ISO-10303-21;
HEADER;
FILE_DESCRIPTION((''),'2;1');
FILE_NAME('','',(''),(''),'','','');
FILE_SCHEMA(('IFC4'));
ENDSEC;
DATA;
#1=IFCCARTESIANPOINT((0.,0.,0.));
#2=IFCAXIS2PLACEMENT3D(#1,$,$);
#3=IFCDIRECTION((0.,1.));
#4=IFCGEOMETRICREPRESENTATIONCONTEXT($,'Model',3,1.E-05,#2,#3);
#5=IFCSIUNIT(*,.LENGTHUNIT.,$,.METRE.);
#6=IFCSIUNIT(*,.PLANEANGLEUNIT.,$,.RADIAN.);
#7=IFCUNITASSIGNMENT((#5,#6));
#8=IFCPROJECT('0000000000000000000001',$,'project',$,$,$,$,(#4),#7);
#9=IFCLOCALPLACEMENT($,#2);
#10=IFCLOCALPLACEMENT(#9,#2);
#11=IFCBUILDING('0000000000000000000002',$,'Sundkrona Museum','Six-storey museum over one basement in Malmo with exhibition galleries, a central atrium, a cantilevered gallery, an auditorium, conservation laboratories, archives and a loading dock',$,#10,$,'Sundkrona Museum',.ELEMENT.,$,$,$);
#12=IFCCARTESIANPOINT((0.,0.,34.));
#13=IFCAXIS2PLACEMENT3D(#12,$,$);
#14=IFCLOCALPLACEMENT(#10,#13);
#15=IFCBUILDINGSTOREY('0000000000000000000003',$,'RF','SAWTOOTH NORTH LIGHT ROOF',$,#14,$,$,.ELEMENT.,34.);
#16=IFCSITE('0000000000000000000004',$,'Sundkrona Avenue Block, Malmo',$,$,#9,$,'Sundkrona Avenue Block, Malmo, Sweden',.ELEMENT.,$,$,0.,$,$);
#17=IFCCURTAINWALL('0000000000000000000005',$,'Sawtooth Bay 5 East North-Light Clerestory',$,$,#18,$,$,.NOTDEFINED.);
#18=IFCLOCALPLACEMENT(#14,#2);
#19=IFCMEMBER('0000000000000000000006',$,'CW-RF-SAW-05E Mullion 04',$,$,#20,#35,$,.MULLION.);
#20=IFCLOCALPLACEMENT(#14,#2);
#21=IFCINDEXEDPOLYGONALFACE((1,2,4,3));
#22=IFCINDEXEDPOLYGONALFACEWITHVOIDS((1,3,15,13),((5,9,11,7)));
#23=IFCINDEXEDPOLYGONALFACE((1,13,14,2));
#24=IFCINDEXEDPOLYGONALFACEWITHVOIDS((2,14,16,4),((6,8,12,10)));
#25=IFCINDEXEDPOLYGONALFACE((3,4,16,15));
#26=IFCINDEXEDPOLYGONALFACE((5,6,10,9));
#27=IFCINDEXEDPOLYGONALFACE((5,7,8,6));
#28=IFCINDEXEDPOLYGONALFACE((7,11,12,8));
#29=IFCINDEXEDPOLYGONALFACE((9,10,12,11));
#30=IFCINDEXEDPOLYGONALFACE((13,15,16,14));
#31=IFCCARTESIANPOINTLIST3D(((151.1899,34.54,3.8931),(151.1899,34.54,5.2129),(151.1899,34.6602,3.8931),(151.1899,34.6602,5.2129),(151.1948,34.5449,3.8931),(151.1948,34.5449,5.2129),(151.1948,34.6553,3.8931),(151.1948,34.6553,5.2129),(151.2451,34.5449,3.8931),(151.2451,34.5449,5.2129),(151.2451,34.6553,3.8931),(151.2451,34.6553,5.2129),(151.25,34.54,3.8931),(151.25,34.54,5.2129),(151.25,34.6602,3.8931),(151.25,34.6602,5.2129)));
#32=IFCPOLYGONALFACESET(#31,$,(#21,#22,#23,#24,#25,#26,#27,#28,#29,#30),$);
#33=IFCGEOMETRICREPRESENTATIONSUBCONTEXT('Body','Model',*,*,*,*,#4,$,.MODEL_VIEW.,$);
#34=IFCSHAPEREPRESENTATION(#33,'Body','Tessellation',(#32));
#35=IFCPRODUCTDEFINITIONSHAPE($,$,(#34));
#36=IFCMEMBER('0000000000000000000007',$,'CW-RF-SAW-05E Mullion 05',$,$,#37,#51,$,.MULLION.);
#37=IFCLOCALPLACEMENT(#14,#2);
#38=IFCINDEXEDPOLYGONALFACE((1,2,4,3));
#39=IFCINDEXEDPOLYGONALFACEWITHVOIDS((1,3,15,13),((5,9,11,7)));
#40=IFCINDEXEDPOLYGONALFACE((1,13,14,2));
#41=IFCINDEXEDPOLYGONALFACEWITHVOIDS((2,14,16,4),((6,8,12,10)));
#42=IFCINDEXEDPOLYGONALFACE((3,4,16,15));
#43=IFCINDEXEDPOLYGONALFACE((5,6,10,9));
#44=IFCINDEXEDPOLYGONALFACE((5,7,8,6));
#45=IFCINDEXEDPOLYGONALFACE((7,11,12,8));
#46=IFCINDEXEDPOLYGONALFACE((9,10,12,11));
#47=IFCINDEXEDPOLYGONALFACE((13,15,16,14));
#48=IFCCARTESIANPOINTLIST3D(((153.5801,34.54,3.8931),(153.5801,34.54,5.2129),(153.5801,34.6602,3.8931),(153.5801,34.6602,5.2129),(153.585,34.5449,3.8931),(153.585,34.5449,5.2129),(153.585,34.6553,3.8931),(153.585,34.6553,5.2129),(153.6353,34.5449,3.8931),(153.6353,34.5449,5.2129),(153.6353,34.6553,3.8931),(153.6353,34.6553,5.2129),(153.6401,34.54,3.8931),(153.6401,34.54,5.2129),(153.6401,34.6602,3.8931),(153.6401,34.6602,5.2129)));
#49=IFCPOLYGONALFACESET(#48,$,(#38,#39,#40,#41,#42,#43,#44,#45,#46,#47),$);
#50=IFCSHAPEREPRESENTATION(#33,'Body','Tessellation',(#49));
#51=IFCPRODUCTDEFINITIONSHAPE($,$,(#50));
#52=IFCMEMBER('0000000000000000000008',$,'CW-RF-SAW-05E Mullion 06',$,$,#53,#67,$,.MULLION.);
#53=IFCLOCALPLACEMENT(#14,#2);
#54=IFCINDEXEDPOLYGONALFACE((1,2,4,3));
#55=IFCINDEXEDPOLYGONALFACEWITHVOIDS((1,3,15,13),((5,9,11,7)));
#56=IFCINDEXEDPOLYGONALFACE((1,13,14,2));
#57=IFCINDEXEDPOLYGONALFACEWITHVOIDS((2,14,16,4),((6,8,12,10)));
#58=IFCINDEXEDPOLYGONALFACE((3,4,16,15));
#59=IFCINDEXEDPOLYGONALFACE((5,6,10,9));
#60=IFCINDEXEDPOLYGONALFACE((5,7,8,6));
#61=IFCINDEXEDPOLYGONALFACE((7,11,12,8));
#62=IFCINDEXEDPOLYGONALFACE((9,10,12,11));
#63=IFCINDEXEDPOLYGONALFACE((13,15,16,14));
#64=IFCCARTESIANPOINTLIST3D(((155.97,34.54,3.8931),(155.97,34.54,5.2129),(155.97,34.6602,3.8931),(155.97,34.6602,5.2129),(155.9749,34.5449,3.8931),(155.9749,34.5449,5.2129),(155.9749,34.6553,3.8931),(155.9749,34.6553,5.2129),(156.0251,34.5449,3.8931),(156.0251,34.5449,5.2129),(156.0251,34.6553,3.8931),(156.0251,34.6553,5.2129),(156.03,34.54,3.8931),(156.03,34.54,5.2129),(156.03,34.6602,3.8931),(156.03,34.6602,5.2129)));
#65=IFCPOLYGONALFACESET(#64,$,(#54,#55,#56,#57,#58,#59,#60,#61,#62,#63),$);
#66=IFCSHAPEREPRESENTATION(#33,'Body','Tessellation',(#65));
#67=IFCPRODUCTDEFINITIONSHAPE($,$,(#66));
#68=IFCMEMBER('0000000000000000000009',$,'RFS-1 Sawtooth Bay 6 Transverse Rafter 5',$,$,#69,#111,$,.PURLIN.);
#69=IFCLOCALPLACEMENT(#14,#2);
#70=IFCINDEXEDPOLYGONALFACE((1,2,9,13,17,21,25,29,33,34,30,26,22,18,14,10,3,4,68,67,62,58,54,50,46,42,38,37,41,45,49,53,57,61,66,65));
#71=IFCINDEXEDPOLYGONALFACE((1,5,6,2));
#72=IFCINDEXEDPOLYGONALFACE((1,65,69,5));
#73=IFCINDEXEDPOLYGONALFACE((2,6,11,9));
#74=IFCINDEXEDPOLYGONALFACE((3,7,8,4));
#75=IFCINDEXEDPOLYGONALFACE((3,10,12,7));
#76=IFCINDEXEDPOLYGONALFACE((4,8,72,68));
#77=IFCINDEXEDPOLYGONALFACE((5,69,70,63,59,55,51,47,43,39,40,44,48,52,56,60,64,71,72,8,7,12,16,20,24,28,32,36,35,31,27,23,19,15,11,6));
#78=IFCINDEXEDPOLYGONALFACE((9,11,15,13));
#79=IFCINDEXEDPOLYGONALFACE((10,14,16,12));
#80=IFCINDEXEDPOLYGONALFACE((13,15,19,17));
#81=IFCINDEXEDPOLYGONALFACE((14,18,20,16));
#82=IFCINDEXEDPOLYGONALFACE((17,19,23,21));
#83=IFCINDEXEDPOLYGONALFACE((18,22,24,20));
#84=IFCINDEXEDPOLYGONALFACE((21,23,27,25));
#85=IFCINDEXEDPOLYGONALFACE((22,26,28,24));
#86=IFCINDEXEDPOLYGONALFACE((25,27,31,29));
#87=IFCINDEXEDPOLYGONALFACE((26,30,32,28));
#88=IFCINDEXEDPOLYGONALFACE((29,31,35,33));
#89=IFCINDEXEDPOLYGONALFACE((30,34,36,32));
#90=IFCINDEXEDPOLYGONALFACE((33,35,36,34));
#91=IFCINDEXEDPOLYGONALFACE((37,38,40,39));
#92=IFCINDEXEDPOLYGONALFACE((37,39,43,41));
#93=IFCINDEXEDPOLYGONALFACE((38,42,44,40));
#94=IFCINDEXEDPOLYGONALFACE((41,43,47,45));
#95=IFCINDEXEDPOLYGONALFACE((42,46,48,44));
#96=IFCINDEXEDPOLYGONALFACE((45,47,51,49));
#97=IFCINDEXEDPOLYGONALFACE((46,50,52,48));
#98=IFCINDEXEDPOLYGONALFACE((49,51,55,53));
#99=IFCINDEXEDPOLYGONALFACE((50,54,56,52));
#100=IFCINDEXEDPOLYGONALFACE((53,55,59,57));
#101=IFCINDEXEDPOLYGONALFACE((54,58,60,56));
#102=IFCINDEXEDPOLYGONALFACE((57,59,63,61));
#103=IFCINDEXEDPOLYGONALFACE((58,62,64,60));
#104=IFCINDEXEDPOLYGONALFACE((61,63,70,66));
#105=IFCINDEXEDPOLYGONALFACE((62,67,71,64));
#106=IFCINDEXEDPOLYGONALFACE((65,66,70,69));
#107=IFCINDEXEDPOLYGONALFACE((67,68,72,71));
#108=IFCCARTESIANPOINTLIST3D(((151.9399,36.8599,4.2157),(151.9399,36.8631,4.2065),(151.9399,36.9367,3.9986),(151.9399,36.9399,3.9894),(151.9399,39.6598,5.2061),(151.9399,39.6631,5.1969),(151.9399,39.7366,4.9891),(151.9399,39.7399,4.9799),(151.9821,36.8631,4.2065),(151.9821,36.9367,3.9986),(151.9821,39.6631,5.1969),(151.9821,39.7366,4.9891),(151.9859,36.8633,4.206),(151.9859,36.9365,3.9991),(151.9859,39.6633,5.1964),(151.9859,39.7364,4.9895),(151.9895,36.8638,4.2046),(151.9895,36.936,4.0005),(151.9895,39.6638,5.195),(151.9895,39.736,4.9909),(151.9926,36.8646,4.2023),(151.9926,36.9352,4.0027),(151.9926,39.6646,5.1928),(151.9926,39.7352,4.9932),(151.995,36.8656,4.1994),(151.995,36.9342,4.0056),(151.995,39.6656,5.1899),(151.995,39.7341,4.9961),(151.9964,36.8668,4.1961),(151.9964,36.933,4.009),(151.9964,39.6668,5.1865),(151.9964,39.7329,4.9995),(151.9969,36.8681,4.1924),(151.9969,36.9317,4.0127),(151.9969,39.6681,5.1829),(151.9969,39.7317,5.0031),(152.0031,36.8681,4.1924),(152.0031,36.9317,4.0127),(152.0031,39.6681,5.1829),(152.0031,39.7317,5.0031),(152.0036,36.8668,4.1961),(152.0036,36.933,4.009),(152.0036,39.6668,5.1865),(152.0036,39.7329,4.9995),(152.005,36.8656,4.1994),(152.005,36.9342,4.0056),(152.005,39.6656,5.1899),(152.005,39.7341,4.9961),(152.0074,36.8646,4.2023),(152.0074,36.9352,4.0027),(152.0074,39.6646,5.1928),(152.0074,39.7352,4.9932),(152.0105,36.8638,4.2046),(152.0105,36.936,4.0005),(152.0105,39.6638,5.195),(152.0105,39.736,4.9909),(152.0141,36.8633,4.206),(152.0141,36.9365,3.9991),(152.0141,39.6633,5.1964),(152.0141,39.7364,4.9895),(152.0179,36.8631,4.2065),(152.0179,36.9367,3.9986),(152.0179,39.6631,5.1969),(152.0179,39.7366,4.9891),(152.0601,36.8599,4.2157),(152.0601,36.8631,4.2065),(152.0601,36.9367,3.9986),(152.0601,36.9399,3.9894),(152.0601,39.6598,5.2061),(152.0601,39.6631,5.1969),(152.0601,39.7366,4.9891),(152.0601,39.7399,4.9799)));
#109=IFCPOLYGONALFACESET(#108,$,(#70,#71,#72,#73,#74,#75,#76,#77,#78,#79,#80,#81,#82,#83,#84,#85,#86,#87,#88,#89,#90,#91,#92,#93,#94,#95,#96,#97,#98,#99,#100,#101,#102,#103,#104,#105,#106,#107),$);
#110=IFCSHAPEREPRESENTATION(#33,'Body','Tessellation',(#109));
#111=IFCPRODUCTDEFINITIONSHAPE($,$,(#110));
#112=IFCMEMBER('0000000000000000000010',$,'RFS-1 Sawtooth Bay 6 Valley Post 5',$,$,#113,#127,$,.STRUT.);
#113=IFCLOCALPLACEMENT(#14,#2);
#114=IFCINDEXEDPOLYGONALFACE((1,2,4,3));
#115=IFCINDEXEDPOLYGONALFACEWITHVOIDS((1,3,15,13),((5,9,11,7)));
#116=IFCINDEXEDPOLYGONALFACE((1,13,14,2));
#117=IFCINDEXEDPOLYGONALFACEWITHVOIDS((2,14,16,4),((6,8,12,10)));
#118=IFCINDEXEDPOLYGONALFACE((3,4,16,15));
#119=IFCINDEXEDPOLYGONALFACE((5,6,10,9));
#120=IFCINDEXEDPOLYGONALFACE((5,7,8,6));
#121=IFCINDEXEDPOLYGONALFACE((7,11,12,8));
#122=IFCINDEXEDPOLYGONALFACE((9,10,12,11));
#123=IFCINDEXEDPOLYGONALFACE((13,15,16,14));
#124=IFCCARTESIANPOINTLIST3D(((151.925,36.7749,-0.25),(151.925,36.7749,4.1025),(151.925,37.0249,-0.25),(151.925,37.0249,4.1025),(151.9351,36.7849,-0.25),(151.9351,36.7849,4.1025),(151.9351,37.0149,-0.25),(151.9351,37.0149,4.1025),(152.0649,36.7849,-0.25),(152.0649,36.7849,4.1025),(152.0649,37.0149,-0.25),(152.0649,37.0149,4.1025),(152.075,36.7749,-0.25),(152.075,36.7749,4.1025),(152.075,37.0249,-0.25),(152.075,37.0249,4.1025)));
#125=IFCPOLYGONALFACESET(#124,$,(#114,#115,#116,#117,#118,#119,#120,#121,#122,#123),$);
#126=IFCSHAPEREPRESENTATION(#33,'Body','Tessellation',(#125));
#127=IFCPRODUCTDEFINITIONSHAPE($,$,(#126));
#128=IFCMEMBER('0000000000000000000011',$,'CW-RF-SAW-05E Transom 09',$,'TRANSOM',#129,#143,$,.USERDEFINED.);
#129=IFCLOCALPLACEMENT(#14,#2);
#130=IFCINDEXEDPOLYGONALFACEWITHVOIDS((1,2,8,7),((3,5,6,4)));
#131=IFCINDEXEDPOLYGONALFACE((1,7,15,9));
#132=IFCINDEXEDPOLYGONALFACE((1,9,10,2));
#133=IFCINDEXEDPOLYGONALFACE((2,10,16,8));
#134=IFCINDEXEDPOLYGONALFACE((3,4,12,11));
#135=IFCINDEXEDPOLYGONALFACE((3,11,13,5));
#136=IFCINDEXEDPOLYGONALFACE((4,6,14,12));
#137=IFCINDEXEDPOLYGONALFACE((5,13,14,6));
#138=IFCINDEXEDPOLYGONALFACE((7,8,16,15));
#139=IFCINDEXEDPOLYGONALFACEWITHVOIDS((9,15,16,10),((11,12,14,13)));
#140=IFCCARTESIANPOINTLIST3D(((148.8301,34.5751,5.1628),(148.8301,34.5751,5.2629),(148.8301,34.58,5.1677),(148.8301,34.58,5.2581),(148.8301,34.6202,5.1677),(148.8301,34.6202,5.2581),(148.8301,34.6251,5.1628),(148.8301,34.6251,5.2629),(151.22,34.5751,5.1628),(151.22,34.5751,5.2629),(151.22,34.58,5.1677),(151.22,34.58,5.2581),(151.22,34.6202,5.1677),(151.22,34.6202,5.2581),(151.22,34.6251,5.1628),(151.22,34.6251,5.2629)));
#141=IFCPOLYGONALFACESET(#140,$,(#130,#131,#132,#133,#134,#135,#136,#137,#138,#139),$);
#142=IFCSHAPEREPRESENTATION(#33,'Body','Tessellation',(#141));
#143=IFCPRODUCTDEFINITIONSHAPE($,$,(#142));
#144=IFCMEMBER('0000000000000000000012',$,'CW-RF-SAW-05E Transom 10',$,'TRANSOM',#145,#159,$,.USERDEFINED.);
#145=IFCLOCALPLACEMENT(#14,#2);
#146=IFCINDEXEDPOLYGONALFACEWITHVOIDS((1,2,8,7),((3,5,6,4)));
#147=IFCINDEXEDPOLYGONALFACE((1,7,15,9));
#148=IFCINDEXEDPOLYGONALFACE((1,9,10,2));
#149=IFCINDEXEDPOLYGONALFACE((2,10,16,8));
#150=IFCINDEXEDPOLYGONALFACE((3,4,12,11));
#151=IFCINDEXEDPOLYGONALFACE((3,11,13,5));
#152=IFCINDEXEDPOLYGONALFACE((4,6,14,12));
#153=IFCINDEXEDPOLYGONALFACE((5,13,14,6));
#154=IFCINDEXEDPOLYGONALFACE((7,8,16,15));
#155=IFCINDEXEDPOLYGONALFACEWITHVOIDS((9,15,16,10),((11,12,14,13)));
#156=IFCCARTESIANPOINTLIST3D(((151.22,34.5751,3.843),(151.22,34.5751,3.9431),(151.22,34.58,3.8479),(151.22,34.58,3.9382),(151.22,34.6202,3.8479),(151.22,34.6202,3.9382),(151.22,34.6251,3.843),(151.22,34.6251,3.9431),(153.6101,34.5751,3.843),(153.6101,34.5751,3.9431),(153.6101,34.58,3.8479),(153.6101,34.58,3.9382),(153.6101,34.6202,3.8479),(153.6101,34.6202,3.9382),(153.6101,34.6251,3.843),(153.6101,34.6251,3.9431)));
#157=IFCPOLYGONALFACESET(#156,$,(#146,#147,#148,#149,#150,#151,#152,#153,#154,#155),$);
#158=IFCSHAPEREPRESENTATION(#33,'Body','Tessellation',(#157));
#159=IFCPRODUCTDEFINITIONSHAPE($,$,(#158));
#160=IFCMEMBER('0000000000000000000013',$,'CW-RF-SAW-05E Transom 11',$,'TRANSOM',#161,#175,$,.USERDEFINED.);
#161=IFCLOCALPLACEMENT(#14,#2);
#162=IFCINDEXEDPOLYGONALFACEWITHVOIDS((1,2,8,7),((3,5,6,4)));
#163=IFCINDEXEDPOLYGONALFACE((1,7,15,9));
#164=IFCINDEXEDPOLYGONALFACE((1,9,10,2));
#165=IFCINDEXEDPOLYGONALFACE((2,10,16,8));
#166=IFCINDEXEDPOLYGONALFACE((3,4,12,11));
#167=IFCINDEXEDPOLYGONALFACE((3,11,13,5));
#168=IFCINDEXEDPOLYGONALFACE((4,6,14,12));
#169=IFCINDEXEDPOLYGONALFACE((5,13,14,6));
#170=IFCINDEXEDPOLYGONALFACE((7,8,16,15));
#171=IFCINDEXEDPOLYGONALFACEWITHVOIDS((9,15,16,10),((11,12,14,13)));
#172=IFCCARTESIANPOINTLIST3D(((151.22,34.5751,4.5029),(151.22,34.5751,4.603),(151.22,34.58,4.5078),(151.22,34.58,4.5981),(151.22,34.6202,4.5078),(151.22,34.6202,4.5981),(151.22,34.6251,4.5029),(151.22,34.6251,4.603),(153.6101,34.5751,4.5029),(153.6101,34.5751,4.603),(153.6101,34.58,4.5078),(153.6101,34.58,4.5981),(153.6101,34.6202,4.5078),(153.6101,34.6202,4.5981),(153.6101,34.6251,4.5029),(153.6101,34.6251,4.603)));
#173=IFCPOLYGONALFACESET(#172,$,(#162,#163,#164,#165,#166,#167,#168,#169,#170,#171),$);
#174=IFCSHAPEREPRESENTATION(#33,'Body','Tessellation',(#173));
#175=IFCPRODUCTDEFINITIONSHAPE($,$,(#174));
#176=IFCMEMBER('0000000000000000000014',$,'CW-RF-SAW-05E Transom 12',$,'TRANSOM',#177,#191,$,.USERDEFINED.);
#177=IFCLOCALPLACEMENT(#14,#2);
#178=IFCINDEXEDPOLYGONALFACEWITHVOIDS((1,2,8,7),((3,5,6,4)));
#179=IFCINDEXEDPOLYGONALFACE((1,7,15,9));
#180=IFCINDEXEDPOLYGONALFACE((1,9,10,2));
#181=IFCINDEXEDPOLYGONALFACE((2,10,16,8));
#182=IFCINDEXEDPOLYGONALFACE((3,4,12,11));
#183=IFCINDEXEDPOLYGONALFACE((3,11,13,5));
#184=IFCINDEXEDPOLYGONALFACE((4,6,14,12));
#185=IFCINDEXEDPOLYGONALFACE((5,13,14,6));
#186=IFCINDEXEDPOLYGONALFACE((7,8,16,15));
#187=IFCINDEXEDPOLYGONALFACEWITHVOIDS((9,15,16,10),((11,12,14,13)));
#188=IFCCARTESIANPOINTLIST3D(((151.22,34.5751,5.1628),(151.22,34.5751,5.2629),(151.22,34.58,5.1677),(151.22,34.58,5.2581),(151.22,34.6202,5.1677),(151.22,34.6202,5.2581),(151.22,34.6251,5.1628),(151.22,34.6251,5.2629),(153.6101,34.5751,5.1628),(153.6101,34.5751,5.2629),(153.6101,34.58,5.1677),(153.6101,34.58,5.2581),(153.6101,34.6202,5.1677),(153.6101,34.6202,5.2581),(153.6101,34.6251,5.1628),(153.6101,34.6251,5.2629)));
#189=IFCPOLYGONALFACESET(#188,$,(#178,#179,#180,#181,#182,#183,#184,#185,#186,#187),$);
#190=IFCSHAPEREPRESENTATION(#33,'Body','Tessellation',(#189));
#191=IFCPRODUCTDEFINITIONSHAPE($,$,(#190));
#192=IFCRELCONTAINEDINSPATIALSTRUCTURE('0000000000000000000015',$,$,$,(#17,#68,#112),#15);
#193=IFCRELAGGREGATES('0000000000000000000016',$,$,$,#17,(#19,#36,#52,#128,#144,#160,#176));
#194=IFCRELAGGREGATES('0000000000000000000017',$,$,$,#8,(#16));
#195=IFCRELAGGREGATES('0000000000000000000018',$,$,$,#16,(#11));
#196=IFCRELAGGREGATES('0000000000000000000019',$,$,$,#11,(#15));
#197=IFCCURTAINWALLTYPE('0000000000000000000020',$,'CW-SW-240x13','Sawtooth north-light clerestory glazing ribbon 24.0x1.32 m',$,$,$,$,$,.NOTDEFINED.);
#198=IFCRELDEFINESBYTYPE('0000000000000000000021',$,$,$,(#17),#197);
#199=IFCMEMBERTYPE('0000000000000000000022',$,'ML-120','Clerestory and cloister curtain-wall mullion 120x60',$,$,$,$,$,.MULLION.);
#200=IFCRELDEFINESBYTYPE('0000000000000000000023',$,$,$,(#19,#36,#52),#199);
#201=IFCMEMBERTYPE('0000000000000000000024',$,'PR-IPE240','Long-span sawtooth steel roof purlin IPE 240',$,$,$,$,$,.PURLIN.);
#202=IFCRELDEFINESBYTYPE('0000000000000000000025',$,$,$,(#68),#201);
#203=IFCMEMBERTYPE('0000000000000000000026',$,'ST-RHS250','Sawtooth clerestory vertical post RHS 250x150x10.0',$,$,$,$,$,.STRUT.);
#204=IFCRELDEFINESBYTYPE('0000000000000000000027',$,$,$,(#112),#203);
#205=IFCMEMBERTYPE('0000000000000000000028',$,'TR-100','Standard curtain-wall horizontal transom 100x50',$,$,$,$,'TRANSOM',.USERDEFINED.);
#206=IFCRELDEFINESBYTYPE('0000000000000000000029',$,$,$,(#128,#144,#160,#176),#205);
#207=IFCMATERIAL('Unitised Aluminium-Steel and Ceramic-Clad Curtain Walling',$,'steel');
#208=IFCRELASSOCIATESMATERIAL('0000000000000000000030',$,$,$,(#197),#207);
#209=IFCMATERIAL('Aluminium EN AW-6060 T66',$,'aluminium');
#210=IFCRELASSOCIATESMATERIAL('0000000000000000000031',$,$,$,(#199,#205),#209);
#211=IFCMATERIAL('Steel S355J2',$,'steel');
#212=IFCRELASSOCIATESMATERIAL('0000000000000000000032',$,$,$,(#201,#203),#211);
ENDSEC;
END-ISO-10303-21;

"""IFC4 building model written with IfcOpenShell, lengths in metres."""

from ifc_helpers import new_model, si_unit, direction, frame, origin, origin_2d, place, context, subcontext, project, spatial, hollow_rectangle, i_section, extrude, material, material_profile, profile_set, type_object, element, aggregate, save


model = new_model("IFC4")

# Units and contexts
model_context = context("Model", 3, precision=1e-05, world=origin(), true_north=direction((0.0, 1.0)))
body_context = subcontext(model_context, "Body", "Model", "MODEL_VIEW")
ifc_project = project(units=[si_unit("LENGTHUNIT", "METRE"), si_unit("PLANEANGLEUNIT", "RADIAN")], contexts=[model_context])

# Site, building, storey
site_placement = place(None, origin())
site = spatial("IfcSite", under=ifc_project, at=site_placement, Name="Sundkrona Avenue Block, Malmo", LongName="Sundkrona Avenue Block, Malmo, Sweden", CompositionType="ELEMENT", RefElevation=0.0)
building_placement = place(site_placement, origin())
building = spatial("IfcBuilding", under=site, at=building_placement, Name="Sundkrona Museum", Description="Six-storey museum over one basement in Malmo with exhibition galleries, a central atrium, a cantilevered gallery, an auditorium, conservation laboratories, archives and a loading dock", LongName="Sundkrona Museum", CompositionType="ELEMENT")
storey_placement = place(building_placement, frame((0.0, 0.0, 34.0)))
storey = spatial("IfcBuildingStorey", under=building, at=storey_placement, Name="RF", Description="SAWTOOTH NORTH LIGHT ROOF", CompositionType="ELEMENT", Elevation=34.0)

# Curtain wall, members
ifc_material_1 = material(Name="Unitised Aluminium-Steel and Ceramic-Clad Curtain Walling", Category="steel")
curtain_wall_type = type_object("IfcCurtainWallType", Name="CW-SW-240x13", Description="Sawtooth north-light clerestory glazing ribbon 24.0x1.32 m", PredefinedType="NOTDEFINED", material=ifc_material_1)
curtain_wall_placement = place(storey_placement, origin())
curtain_wall = element("IfcCurtainWall", 1, at=curtain_wall_placement, inside=storey, type_object=curtain_wall_type, Name="Sawtooth Bay 5 East North-Light Clerestory", PredefinedType="NOTDEFINED")
ifc_material_2 = material(Name="Aluminium EN AW-6060 T66", Category="aluminium")
ifc_material_profile_1 = material_profile(ifc_material_2, hollow_rectangle(XDim=0.0601, YDim=0.1201, WallThickness=0.0049, at=origin_2d()), Name="RHS 120x60x5.0")
ifc_profile_set_1 = profile_set([ifc_material_profile_1], Name="Aluminium EN AW-6060 T66")
member_type_1 = type_object("IfcMemberType", Name="ML-120", Description="Clerestory and cloister curtain-wall mullion 120x60", PredefinedType="MULLION", material=ifc_profile_set_1)
member_1_placement = place(storey_placement, frame((151.22, 34.6001, 3.8931), z_axis=(0.0, 0.0, 1.0), x_axis=(1.0, 0.0, 0.0)))
member_1 = element("IfcMember", 2, at=member_1_placement, type_object=member_type_1, Name="CW-RF-SAW-05E Mullion 04", PredefinedType="MULLION", context=body_context, shape_type="SweptSolid", body=[
    extrude(hollow_rectangle(XDim=0.0601, YDim=0.1201, WallThickness=0.0049, at=origin_2d()), origin(), (0.0, 0.0, 1.0), 1.3198),
])
member_2_placement = place(storey_placement, frame((153.6101, 34.6001, 3.8931), z_axis=(0.0, 0.0, 1.0), x_axis=(1.0, 0.0, 0.0)))
member_2 = element("IfcMember", 3, at=member_2_placement, type_object=member_type_1, Name="CW-RF-SAW-05E Mullion 05", PredefinedType="MULLION", context=body_context, shape_type="SweptSolid", body=[
    extrude(hollow_rectangle(XDim=0.0601, YDim=0.1201, WallThickness=0.0049, at=origin_2d()), origin(), (0.0, 0.0, 1.0), 1.3198),
])
member_3_placement = place(storey_placement, frame((156.0, 34.6001, 3.8931), z_axis=(0.0, 0.0, 1.0), x_axis=(1.0, 0.0, 0.0)))
member_3 = element("IfcMember", 4, at=member_3_placement, type_object=member_type_1, Name="CW-RF-SAW-05E Mullion 06", PredefinedType="MULLION", context=body_context, shape_type="SweptSolid", body=[
    extrude(hollow_rectangle(XDim=0.0601, YDim=0.1201, WallThickness=0.0049, at=origin_2d()), origin(), (0.0, 0.0, 1.0), 1.3198),
])

# Members
ifc_material_3 = material(Name="Steel S355J2", Category="steel")
ifc_material_profile_2 = material_profile(ifc_material_3, i_section(OverallWidth=0.1201, OverallDepth=0.24, WebThickness=0.0061, FlangeThickness=0.0098, FilletRadius=0.0149, at=origin_2d()), Name="IPE 240")
ifc_profile_set_2 = profile_set([ifc_material_profile_2], Name="Steel S355J2")
member_type_2 = type_object("IfcMemberType", Name="PR-IPE240", Description="Long-span sawtooth steel roof purlin IPE 240", PredefinedType="PURLIN", material=ifc_profile_set_2)
member_4_placement = place(storey_placement, frame((152.0, 36.8999, 4.1025), z_axis=(0.0, 0.942755, 0.333486), x_axis=(-1.0, 0.0, 0.0)))
element("IfcMember", 5, at=member_4_placement, inside=storey, type_object=member_type_2, Name="RFS-1 Sawtooth Bay 6 Transverse Rafter 5", PredefinedType="PURLIN", context=body_context, shape_type="SweptSolid", body=[
    extrude(i_section(OverallWidth=0.1201, OverallDepth=0.24, WebThickness=0.0061, FlangeThickness=0.0098, FilletRadius=0.0149, at=origin_2d()), origin(), (0.0, 0.0, 1.0), 2.97),
])
ifc_material_profile_3 = material_profile(ifc_material_3, hollow_rectangle(XDim=0.1499, YDim=0.25, WallThickness=0.01, at=origin_2d()), Name="RHS 250x150x10.0")
ifc_profile_set_3 = profile_set([ifc_material_profile_3], Name="Steel S355J2")
member_type_3 = type_object("IfcMemberType", Name="ST-RHS250", Description="Sawtooth clerestory vertical post RHS 250x150x10.0", PredefinedType="STRUT", material=ifc_profile_set_3)
member_5_placement = place(storey_placement, frame((152.0, 36.8999, -0.25), z_axis=(0.0, 0.0, 1.0), x_axis=(1.0, 0.0, 0.0)))
element("IfcMember", 6, at=member_5_placement, inside=storey, type_object=member_type_3, Name="RFS-1 Sawtooth Bay 6 Valley Post 5", PredefinedType="STRUT", context=body_context, shape_type="SweptSolid", body=[
    extrude(hollow_rectangle(XDim=0.1499, YDim=0.25, WallThickness=0.01, at=origin_2d()), origin(), (0.0, 0.0, 1.0), 4.3525),
])

# Members
ifc_material_profile_4 = material_profile(ifc_material_2, hollow_rectangle(XDim=0.05, YDim=0.1001, WallThickness=0.0049, at=origin_2d()), Name="RHS 100x50x5.0")
ifc_profile_set_4 = profile_set([ifc_material_profile_4], Name="Aluminium EN AW-6060 T66")
member_type_4 = type_object("IfcMemberType", Name="TR-100", Description="Standard curtain-wall horizontal transom 100x50", ElementType="TRANSOM", PredefinedType="USERDEFINED", material=ifc_profile_set_4)
member_6_placement = place(storey_placement, frame((148.8301, 34.6001, 5.2129), z_axis=(1.0, 0.0, 0.0), x_axis=(0.0, 1.0, 0.0)))
member_6 = element("IfcMember", 7, at=member_6_placement, type_object=member_type_4, Name="CW-RF-SAW-05E Transom 09", ObjectType="TRANSOM", PredefinedType="USERDEFINED", context=body_context, shape_type="SweptSolid", body=[
    extrude(hollow_rectangle(XDim=0.05, YDim=0.1001, WallThickness=0.0049, at=origin_2d()), origin(), (0.0, 0.0, 1.0), 2.3899),
])
member_7_placement = place(storey_placement, frame((151.22, 34.6001, 3.8931), z_axis=(1.0, 0.0, 0.0), x_axis=(0.0, 1.0, 0.0)))
member_7 = element("IfcMember", 8, at=member_7_placement, type_object=member_type_4, Name="CW-RF-SAW-05E Transom 10", ObjectType="TRANSOM", PredefinedType="USERDEFINED", context=body_context, shape_type="SweptSolid", body=[
    extrude(hollow_rectangle(XDim=0.05, YDim=0.1001, WallThickness=0.0049, at=origin_2d()), origin(), (0.0, 0.0, 1.0), 2.3901),
])
member_8_placement = place(storey_placement, frame((151.22, 34.6001, 4.553), z_axis=(1.0, 0.0, 0.0), x_axis=(0.0, 1.0, 0.0)))
member_8 = element("IfcMember", 9, at=member_8_placement, type_object=member_type_4, Name="CW-RF-SAW-05E Transom 11", ObjectType="TRANSOM", PredefinedType="USERDEFINED", context=body_context, shape_type="SweptSolid", body=[
    extrude(hollow_rectangle(XDim=0.05, YDim=0.1001, WallThickness=0.0049, at=origin_2d()), origin(), (0.0, 0.0, 1.0), 2.3901),
])
member_9_placement = place(storey_placement, frame((151.22, 34.6001, 5.2129), z_axis=(1.0, 0.0, 0.0), x_axis=(0.0, 1.0, 0.0)))
member_9 = element("IfcMember", 10, at=member_9_placement, type_object=member_type_4, Name="CW-RF-SAW-05E Transom 12", ObjectType="TRANSOM", PredefinedType="USERDEFINED", context=body_context, shape_type="SweptSolid", body=[
    extrude(hollow_rectangle(XDim=0.05, YDim=0.1001, WallThickness=0.0049, at=origin_2d()), origin(), (0.0, 0.0, 1.0), 2.3901),
])

aggregate(curtain_wall, [member_1, member_2, member_3, member_6, member_7, member_8, member_9])

save(model, "model.ifc")
